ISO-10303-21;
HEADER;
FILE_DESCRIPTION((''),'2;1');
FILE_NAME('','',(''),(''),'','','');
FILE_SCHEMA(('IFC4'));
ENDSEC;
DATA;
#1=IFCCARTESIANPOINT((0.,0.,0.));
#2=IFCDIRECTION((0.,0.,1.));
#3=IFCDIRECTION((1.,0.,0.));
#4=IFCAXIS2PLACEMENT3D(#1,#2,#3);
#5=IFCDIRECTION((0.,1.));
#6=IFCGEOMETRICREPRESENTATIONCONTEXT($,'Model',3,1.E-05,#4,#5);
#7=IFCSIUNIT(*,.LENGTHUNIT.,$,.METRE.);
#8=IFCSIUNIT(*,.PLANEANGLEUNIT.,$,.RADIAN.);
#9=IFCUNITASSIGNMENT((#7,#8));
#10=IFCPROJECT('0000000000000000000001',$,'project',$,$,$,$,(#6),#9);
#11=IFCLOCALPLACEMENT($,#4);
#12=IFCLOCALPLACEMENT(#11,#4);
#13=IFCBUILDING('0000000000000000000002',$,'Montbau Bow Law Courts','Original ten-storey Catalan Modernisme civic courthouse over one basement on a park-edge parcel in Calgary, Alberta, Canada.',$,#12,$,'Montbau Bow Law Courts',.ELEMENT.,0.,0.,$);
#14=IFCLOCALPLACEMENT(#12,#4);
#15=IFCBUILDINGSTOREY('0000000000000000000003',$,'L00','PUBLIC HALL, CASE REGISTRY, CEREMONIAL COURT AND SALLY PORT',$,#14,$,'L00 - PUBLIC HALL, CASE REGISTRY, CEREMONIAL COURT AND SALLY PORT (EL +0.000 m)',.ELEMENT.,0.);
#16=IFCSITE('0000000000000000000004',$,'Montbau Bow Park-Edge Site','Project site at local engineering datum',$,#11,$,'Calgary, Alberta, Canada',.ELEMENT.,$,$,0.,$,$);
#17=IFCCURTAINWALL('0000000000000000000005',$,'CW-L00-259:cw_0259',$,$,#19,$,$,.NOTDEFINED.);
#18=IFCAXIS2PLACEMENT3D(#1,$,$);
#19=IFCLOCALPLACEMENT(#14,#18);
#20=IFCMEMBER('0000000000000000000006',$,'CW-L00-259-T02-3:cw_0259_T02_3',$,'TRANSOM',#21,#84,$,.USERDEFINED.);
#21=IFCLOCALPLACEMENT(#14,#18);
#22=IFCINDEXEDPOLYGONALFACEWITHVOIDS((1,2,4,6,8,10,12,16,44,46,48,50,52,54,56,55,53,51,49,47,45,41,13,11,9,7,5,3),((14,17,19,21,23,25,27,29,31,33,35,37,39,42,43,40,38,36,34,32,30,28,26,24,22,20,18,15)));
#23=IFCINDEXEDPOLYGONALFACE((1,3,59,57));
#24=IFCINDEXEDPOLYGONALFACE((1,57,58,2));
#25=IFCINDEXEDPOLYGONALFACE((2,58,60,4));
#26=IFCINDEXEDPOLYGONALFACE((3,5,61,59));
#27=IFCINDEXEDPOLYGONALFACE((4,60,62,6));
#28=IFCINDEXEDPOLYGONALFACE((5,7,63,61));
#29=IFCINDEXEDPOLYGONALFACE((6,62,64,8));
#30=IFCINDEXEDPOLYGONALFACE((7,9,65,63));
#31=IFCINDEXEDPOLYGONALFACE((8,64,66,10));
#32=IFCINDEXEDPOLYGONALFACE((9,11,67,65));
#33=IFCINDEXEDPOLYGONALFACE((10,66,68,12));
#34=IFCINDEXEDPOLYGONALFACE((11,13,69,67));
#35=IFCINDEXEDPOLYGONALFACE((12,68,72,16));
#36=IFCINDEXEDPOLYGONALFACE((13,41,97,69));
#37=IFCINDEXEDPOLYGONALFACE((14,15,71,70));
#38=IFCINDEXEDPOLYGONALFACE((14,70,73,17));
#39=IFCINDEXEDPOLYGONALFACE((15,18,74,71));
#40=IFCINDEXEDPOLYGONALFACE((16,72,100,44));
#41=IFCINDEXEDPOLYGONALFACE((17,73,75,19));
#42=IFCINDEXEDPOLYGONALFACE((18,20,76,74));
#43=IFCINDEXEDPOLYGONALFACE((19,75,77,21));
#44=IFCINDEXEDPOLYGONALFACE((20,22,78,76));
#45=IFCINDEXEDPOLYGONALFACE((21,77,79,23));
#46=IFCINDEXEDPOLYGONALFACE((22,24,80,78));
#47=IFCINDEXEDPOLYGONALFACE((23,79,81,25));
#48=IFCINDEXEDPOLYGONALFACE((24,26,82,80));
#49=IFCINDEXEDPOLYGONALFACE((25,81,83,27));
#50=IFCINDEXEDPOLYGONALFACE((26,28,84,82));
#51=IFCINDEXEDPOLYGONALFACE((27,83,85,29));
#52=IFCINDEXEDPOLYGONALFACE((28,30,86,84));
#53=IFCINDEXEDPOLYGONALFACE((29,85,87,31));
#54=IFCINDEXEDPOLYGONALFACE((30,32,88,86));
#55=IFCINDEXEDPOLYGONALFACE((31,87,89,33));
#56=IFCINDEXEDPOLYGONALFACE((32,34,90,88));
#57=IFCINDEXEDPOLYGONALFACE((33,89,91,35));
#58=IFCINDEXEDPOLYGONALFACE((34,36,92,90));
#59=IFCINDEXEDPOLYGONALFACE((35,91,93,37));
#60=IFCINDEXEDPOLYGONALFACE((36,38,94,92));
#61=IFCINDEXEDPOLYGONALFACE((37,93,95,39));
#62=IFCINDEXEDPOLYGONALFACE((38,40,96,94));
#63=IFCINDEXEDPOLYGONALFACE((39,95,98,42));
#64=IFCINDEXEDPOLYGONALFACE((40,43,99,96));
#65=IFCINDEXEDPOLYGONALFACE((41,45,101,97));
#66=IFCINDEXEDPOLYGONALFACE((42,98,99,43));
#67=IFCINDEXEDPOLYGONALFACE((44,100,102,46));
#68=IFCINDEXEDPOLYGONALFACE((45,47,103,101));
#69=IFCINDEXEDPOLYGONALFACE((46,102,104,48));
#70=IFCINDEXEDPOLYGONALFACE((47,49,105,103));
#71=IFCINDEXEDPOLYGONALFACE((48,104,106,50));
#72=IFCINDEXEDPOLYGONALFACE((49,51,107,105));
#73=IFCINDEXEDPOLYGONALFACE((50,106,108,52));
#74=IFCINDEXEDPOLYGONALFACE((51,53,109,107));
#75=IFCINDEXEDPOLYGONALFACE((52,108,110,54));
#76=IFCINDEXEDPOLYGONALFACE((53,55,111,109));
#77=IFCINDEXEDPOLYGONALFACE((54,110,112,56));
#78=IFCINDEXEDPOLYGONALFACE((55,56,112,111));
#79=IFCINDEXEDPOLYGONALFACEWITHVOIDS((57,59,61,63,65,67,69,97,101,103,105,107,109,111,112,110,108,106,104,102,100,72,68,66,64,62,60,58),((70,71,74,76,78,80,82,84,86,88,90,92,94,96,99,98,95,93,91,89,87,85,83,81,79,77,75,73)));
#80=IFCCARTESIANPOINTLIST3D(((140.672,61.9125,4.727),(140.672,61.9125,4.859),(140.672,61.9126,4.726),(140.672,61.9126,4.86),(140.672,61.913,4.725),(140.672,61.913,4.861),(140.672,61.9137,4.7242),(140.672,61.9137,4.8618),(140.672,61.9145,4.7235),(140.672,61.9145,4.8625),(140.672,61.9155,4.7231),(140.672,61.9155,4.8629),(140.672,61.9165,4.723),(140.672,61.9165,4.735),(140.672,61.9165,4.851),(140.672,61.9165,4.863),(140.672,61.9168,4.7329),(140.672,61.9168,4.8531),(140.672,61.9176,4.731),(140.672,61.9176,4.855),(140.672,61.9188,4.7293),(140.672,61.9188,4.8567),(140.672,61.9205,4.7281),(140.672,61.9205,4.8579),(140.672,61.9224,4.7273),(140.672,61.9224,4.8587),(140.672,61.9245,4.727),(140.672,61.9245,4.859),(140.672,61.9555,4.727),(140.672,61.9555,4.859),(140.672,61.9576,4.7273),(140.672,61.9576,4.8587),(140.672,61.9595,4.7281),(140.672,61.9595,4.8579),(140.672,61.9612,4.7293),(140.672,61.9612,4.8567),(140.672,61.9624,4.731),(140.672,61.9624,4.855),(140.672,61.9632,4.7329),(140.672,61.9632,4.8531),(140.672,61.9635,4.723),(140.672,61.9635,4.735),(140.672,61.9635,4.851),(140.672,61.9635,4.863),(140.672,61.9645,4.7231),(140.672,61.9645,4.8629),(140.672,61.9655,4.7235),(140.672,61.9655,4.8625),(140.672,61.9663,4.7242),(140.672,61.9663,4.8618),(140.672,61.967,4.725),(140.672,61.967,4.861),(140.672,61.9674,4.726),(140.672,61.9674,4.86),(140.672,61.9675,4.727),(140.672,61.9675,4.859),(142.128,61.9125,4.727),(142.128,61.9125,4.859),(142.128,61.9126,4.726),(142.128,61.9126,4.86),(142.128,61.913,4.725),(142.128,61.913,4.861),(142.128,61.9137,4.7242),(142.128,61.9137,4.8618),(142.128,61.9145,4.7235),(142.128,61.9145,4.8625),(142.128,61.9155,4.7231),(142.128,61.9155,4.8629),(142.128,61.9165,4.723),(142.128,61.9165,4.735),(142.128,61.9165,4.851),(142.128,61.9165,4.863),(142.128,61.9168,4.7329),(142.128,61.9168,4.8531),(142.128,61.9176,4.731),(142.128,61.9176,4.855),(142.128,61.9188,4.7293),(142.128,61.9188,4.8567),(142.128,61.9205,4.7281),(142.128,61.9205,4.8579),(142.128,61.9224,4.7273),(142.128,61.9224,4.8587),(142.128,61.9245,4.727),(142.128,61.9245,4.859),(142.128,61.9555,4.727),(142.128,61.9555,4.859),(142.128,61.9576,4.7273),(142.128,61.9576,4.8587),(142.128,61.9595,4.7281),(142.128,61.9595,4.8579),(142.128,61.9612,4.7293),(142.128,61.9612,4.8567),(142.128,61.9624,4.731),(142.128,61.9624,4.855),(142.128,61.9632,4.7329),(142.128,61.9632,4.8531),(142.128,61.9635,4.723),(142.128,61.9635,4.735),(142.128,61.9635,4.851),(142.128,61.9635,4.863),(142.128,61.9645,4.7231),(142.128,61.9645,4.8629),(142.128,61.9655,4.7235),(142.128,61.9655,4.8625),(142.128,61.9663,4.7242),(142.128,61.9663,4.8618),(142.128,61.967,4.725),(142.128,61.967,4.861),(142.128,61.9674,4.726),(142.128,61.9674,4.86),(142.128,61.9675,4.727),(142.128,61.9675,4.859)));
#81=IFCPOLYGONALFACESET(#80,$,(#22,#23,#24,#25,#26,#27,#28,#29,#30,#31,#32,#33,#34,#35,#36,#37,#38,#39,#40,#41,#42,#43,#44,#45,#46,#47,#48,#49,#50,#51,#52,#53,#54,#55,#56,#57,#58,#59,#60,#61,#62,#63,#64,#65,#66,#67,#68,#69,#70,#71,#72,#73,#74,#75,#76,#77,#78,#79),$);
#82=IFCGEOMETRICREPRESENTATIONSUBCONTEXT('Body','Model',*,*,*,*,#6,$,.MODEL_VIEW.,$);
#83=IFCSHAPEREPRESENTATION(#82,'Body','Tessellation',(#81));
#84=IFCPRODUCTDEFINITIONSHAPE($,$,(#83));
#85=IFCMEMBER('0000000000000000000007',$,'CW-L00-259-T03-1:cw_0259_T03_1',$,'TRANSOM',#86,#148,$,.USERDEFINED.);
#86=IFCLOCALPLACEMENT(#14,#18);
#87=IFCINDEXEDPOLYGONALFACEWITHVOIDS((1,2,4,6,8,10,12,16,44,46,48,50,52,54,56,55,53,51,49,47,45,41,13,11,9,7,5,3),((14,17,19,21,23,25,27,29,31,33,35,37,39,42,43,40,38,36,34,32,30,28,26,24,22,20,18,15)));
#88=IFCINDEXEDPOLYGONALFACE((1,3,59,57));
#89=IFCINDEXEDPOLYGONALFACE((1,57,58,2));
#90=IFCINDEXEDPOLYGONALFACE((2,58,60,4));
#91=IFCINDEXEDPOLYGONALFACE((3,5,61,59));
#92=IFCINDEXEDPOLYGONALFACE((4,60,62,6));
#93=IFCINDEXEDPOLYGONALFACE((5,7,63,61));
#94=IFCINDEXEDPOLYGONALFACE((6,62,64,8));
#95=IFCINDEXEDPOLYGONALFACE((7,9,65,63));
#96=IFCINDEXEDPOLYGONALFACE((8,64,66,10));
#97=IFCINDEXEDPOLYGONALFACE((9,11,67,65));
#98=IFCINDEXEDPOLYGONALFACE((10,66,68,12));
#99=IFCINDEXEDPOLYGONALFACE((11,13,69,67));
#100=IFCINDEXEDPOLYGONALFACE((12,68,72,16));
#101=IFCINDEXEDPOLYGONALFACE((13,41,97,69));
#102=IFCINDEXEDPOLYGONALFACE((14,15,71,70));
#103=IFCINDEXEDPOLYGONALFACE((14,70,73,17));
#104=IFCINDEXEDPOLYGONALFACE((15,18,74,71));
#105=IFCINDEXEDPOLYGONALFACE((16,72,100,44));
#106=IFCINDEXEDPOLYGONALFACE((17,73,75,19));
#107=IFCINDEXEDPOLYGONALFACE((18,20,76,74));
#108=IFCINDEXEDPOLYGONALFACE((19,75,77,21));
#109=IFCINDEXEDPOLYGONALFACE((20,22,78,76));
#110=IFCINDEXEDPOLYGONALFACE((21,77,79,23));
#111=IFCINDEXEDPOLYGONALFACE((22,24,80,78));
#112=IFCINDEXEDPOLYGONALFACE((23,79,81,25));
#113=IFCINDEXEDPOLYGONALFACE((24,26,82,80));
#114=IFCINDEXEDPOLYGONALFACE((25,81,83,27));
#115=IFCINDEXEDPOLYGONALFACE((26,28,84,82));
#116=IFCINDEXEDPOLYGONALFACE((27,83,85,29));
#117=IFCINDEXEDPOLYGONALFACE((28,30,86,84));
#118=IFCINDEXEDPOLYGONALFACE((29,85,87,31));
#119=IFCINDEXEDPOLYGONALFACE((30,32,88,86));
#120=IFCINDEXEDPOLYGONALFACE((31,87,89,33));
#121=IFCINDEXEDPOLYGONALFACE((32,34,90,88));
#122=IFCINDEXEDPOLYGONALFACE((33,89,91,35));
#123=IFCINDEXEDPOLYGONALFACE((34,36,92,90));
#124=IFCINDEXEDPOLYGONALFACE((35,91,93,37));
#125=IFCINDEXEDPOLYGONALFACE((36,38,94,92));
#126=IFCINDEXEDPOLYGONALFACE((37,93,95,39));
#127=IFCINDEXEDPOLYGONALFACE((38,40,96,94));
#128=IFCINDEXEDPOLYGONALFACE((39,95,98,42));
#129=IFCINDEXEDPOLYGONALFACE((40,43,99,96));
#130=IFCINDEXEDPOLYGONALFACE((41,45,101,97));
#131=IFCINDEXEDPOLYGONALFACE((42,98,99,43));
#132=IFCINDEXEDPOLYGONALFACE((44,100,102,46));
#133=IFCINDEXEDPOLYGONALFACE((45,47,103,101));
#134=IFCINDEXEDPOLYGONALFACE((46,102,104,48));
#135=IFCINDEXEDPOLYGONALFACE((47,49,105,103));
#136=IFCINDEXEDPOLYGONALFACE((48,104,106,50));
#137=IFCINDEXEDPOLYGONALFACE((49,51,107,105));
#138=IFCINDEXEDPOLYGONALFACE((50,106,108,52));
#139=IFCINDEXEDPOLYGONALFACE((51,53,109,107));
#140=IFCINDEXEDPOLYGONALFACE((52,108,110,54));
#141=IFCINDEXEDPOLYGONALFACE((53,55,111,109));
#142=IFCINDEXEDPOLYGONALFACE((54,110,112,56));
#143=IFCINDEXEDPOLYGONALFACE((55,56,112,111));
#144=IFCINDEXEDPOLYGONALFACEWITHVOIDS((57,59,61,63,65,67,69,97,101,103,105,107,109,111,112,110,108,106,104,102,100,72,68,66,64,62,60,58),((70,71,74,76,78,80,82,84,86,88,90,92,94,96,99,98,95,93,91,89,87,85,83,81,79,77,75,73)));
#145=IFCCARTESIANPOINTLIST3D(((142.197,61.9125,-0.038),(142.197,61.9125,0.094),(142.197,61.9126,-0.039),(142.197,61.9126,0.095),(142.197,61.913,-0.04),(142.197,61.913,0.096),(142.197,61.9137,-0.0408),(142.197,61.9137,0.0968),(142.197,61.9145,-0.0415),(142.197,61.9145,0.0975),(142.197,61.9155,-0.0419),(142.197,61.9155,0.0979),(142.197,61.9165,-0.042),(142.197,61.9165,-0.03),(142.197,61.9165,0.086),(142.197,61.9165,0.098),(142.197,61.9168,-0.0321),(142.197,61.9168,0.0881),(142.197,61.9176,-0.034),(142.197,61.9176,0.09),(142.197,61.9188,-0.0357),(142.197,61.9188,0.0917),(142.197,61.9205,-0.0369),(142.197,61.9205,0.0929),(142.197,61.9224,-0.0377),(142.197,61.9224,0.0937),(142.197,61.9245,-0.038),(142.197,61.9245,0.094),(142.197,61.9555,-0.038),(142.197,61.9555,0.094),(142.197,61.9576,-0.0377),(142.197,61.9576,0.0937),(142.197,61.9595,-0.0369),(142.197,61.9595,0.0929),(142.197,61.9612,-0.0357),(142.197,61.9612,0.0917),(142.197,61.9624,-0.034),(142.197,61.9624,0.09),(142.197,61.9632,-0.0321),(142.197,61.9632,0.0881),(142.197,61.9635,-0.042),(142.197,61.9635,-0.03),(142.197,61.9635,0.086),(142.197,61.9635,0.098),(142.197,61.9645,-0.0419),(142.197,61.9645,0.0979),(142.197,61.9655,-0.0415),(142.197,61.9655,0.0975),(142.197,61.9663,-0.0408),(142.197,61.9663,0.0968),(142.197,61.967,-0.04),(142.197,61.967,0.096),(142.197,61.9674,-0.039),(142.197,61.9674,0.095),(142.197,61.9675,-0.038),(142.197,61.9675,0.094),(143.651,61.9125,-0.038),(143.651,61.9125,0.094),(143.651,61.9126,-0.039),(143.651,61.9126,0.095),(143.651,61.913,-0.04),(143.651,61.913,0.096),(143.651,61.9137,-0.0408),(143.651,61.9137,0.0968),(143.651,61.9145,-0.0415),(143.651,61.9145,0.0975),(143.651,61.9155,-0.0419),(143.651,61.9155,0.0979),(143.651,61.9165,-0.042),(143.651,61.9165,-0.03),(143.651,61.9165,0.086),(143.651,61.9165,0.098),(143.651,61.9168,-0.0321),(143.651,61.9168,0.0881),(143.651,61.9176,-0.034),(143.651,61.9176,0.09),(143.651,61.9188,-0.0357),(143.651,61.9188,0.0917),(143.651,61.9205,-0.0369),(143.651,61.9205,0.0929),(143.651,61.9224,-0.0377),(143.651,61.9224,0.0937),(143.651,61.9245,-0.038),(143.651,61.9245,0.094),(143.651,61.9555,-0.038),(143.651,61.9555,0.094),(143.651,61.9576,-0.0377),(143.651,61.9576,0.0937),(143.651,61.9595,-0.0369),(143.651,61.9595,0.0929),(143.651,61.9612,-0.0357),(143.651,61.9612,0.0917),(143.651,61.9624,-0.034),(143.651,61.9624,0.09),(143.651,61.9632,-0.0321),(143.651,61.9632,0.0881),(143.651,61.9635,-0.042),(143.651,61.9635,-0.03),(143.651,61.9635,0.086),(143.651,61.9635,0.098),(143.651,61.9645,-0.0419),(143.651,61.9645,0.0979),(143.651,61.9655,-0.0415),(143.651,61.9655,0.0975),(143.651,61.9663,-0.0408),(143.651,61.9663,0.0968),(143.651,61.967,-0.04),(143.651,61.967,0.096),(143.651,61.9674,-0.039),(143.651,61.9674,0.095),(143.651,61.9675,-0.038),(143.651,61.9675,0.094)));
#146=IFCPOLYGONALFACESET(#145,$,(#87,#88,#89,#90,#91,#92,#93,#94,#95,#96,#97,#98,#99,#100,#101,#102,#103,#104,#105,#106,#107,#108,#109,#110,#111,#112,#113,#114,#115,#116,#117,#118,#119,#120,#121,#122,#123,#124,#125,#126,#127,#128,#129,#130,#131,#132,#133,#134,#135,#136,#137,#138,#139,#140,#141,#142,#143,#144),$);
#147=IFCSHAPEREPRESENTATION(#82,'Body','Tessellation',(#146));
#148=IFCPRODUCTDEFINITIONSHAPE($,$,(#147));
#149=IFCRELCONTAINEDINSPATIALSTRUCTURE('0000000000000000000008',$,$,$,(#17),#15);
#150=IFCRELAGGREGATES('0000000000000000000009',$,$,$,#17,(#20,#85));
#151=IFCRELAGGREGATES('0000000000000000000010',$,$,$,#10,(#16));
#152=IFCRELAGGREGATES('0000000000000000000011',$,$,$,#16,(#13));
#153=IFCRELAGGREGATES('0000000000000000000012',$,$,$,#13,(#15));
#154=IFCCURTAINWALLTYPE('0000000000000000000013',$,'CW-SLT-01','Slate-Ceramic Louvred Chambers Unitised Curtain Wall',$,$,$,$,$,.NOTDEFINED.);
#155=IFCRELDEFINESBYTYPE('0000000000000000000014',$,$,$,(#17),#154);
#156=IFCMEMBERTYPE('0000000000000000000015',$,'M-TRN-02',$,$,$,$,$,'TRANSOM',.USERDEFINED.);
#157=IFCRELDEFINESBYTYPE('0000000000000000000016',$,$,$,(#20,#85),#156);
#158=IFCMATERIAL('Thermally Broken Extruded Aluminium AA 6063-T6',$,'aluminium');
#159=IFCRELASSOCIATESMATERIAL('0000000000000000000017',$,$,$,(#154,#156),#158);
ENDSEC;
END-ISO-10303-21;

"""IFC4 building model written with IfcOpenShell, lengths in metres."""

from ifc_helpers import new_model, si_unit, direction, frame, origin_with_axes, origin_2d_with_axis, place, context, subcontext, project, spatial, hollow_rectangle, extrude, material, material_profile, profile_set, type_object, element, aggregate, save


model = new_model("IFC4")

# Units and contexts
model_context = context("Model", 3, precision=1e-05, world=origin_with_axes(), true_north=direction((0.0, 1.0)))
body_context = subcontext(model_context, "Body", "Model", "MODEL_VIEW")
ifc_project = project(units=[si_unit("LENGTHUNIT", "METRE"), si_unit("PLANEANGLEUNIT", "RADIAN")], contexts=[model_context])

# Site, building, storey
site_placement = place(None, origin_with_axes())
site = spatial("IfcSite", under=ifc_project, at=site_placement, Name="Montbau Bow Park-Edge Site", Description="Project site at local engineering datum", LongName="Calgary, Alberta, Canada", CompositionType="ELEMENT", RefElevation=0.0)
building_placement = place(site_placement, origin_with_axes())
building = spatial("IfcBuilding", under=site, at=building_placement, Name="Montbau Bow Law Courts", Description="Original ten-storey Catalan Modernisme civic courthouse over one basement on a park-edge parcel in Calgary, Alberta, Canada.", LongName="Montbau Bow Law Courts", CompositionType="ELEMENT", ElevationOfRefHeight=0.0, ElevationOfTerrain=0.0)
storey_placement = place(building_placement, origin_with_axes())
storey = spatial("IfcBuildingStorey", under=building, at=storey_placement, Name="L00", Description="PUBLIC HALL, CASE REGISTRY, CEREMONIAL COURT AND SALLY PORT", LongName="L00 - PUBLIC HALL, CASE REGISTRY, CEREMONIAL COURT AND SALLY PORT (EL +0.000 m)", CompositionType="ELEMENT", Elevation=0.0)

# Curtain wall, members
ifc_material_1 = material(Name="Thermally Broken Extruded Aluminium AA 6063-T6", Category="aluminium")
curtain_wall_type = type_object("IfcCurtainWallType", Name="CW-SLT-01", Description="Slate-Ceramic Louvred Chambers Unitised Curtain Wall", PredefinedType="NOTDEFINED", material=ifc_material_1)
curtain_wall_placement = place(None, frame((139.115, 61.94, 0.0), z_axis=(0.0, 0.0, 1.0), x_axis=(1.0, 0.0, 0.0)))
curtain_wall = element("IfcCurtainWall", 1, at=curtain_wall_placement, inside=storey, type_object=curtain_wall_type, Name="CW-L00-259:cw_0259", PredefinedType="NOTDEFINED")
ifc_material_profile_1 = material_profile(ifc_material_1, hollow_rectangle(XDim=0.055, YDim=0.14, WallThickness=0.004, InnerFilletRadius=0.008, OuterFilletRadius=0.004, at=origin_2d_with_axis()), Name="CWT-140X55", Category="Main", Priority=0)
ifc_profile_set_1 = profile_set([ifc_material_profile_1], Name="Thermally Broken Extruded Aluminium AA 6063-T6")
member_type_1 = type_object("IfcMemberType", Name="M-TRN-02", ElementType="TRANSOM", PredefinedType="USERDEFINED", material=ifc_profile_set_1)
member_1_placement = place(None, frame((140.672, 61.94, 4.793), z_axis=(1.0, 0.0, 0.0), x_axis=(0.0, 1.0, 0.0)))
member_1 = element("IfcMember", 2, at=member_1_placement, type_object=member_type_1, Name="CW-L00-259-T02-3:cw_0259_T02_3", ObjectType="TRANSOM", PredefinedType="USERDEFINED", context=body_context, shape_type="SweptSolid", body=[
    extrude(hollow_rectangle(XDim=0.055, YDim=0.14, WallThickness=0.004, InnerFilletRadius=0.008, OuterFilletRadius=0.004, at=origin_2d_with_axis()), origin_with_axes(), (0.0, 0.0, 1.0), 1.456),
])
member_2_placement = place(None, frame((142.197, 61.94, 0.028), z_axis=(1.0, 0.0, 0.0), x_axis=(0.0, 1.0, 0.0)))
member_2 = element("IfcMember", 3, at=member_2_placement, type_object=member_type_1, Name="CW-L00-259-T03-1:cw_0259_T03_1", ObjectType="TRANSOM", PredefinedType="USERDEFINED", context=body_context, shape_type="SweptSolid", body=[
    extrude(hollow_rectangle(XDim=0.055, YDim=0.14, WallThickness=0.004, InnerFilletRadius=0.008, OuterFilletRadius=0.004, at=origin_2d_with_axis()), origin_with_axes(), (0.0, 0.0, 1.0), 1.454),
])
aggregate(curtain_wall, [member_1, member_2])

save(model, "model.ifc")
